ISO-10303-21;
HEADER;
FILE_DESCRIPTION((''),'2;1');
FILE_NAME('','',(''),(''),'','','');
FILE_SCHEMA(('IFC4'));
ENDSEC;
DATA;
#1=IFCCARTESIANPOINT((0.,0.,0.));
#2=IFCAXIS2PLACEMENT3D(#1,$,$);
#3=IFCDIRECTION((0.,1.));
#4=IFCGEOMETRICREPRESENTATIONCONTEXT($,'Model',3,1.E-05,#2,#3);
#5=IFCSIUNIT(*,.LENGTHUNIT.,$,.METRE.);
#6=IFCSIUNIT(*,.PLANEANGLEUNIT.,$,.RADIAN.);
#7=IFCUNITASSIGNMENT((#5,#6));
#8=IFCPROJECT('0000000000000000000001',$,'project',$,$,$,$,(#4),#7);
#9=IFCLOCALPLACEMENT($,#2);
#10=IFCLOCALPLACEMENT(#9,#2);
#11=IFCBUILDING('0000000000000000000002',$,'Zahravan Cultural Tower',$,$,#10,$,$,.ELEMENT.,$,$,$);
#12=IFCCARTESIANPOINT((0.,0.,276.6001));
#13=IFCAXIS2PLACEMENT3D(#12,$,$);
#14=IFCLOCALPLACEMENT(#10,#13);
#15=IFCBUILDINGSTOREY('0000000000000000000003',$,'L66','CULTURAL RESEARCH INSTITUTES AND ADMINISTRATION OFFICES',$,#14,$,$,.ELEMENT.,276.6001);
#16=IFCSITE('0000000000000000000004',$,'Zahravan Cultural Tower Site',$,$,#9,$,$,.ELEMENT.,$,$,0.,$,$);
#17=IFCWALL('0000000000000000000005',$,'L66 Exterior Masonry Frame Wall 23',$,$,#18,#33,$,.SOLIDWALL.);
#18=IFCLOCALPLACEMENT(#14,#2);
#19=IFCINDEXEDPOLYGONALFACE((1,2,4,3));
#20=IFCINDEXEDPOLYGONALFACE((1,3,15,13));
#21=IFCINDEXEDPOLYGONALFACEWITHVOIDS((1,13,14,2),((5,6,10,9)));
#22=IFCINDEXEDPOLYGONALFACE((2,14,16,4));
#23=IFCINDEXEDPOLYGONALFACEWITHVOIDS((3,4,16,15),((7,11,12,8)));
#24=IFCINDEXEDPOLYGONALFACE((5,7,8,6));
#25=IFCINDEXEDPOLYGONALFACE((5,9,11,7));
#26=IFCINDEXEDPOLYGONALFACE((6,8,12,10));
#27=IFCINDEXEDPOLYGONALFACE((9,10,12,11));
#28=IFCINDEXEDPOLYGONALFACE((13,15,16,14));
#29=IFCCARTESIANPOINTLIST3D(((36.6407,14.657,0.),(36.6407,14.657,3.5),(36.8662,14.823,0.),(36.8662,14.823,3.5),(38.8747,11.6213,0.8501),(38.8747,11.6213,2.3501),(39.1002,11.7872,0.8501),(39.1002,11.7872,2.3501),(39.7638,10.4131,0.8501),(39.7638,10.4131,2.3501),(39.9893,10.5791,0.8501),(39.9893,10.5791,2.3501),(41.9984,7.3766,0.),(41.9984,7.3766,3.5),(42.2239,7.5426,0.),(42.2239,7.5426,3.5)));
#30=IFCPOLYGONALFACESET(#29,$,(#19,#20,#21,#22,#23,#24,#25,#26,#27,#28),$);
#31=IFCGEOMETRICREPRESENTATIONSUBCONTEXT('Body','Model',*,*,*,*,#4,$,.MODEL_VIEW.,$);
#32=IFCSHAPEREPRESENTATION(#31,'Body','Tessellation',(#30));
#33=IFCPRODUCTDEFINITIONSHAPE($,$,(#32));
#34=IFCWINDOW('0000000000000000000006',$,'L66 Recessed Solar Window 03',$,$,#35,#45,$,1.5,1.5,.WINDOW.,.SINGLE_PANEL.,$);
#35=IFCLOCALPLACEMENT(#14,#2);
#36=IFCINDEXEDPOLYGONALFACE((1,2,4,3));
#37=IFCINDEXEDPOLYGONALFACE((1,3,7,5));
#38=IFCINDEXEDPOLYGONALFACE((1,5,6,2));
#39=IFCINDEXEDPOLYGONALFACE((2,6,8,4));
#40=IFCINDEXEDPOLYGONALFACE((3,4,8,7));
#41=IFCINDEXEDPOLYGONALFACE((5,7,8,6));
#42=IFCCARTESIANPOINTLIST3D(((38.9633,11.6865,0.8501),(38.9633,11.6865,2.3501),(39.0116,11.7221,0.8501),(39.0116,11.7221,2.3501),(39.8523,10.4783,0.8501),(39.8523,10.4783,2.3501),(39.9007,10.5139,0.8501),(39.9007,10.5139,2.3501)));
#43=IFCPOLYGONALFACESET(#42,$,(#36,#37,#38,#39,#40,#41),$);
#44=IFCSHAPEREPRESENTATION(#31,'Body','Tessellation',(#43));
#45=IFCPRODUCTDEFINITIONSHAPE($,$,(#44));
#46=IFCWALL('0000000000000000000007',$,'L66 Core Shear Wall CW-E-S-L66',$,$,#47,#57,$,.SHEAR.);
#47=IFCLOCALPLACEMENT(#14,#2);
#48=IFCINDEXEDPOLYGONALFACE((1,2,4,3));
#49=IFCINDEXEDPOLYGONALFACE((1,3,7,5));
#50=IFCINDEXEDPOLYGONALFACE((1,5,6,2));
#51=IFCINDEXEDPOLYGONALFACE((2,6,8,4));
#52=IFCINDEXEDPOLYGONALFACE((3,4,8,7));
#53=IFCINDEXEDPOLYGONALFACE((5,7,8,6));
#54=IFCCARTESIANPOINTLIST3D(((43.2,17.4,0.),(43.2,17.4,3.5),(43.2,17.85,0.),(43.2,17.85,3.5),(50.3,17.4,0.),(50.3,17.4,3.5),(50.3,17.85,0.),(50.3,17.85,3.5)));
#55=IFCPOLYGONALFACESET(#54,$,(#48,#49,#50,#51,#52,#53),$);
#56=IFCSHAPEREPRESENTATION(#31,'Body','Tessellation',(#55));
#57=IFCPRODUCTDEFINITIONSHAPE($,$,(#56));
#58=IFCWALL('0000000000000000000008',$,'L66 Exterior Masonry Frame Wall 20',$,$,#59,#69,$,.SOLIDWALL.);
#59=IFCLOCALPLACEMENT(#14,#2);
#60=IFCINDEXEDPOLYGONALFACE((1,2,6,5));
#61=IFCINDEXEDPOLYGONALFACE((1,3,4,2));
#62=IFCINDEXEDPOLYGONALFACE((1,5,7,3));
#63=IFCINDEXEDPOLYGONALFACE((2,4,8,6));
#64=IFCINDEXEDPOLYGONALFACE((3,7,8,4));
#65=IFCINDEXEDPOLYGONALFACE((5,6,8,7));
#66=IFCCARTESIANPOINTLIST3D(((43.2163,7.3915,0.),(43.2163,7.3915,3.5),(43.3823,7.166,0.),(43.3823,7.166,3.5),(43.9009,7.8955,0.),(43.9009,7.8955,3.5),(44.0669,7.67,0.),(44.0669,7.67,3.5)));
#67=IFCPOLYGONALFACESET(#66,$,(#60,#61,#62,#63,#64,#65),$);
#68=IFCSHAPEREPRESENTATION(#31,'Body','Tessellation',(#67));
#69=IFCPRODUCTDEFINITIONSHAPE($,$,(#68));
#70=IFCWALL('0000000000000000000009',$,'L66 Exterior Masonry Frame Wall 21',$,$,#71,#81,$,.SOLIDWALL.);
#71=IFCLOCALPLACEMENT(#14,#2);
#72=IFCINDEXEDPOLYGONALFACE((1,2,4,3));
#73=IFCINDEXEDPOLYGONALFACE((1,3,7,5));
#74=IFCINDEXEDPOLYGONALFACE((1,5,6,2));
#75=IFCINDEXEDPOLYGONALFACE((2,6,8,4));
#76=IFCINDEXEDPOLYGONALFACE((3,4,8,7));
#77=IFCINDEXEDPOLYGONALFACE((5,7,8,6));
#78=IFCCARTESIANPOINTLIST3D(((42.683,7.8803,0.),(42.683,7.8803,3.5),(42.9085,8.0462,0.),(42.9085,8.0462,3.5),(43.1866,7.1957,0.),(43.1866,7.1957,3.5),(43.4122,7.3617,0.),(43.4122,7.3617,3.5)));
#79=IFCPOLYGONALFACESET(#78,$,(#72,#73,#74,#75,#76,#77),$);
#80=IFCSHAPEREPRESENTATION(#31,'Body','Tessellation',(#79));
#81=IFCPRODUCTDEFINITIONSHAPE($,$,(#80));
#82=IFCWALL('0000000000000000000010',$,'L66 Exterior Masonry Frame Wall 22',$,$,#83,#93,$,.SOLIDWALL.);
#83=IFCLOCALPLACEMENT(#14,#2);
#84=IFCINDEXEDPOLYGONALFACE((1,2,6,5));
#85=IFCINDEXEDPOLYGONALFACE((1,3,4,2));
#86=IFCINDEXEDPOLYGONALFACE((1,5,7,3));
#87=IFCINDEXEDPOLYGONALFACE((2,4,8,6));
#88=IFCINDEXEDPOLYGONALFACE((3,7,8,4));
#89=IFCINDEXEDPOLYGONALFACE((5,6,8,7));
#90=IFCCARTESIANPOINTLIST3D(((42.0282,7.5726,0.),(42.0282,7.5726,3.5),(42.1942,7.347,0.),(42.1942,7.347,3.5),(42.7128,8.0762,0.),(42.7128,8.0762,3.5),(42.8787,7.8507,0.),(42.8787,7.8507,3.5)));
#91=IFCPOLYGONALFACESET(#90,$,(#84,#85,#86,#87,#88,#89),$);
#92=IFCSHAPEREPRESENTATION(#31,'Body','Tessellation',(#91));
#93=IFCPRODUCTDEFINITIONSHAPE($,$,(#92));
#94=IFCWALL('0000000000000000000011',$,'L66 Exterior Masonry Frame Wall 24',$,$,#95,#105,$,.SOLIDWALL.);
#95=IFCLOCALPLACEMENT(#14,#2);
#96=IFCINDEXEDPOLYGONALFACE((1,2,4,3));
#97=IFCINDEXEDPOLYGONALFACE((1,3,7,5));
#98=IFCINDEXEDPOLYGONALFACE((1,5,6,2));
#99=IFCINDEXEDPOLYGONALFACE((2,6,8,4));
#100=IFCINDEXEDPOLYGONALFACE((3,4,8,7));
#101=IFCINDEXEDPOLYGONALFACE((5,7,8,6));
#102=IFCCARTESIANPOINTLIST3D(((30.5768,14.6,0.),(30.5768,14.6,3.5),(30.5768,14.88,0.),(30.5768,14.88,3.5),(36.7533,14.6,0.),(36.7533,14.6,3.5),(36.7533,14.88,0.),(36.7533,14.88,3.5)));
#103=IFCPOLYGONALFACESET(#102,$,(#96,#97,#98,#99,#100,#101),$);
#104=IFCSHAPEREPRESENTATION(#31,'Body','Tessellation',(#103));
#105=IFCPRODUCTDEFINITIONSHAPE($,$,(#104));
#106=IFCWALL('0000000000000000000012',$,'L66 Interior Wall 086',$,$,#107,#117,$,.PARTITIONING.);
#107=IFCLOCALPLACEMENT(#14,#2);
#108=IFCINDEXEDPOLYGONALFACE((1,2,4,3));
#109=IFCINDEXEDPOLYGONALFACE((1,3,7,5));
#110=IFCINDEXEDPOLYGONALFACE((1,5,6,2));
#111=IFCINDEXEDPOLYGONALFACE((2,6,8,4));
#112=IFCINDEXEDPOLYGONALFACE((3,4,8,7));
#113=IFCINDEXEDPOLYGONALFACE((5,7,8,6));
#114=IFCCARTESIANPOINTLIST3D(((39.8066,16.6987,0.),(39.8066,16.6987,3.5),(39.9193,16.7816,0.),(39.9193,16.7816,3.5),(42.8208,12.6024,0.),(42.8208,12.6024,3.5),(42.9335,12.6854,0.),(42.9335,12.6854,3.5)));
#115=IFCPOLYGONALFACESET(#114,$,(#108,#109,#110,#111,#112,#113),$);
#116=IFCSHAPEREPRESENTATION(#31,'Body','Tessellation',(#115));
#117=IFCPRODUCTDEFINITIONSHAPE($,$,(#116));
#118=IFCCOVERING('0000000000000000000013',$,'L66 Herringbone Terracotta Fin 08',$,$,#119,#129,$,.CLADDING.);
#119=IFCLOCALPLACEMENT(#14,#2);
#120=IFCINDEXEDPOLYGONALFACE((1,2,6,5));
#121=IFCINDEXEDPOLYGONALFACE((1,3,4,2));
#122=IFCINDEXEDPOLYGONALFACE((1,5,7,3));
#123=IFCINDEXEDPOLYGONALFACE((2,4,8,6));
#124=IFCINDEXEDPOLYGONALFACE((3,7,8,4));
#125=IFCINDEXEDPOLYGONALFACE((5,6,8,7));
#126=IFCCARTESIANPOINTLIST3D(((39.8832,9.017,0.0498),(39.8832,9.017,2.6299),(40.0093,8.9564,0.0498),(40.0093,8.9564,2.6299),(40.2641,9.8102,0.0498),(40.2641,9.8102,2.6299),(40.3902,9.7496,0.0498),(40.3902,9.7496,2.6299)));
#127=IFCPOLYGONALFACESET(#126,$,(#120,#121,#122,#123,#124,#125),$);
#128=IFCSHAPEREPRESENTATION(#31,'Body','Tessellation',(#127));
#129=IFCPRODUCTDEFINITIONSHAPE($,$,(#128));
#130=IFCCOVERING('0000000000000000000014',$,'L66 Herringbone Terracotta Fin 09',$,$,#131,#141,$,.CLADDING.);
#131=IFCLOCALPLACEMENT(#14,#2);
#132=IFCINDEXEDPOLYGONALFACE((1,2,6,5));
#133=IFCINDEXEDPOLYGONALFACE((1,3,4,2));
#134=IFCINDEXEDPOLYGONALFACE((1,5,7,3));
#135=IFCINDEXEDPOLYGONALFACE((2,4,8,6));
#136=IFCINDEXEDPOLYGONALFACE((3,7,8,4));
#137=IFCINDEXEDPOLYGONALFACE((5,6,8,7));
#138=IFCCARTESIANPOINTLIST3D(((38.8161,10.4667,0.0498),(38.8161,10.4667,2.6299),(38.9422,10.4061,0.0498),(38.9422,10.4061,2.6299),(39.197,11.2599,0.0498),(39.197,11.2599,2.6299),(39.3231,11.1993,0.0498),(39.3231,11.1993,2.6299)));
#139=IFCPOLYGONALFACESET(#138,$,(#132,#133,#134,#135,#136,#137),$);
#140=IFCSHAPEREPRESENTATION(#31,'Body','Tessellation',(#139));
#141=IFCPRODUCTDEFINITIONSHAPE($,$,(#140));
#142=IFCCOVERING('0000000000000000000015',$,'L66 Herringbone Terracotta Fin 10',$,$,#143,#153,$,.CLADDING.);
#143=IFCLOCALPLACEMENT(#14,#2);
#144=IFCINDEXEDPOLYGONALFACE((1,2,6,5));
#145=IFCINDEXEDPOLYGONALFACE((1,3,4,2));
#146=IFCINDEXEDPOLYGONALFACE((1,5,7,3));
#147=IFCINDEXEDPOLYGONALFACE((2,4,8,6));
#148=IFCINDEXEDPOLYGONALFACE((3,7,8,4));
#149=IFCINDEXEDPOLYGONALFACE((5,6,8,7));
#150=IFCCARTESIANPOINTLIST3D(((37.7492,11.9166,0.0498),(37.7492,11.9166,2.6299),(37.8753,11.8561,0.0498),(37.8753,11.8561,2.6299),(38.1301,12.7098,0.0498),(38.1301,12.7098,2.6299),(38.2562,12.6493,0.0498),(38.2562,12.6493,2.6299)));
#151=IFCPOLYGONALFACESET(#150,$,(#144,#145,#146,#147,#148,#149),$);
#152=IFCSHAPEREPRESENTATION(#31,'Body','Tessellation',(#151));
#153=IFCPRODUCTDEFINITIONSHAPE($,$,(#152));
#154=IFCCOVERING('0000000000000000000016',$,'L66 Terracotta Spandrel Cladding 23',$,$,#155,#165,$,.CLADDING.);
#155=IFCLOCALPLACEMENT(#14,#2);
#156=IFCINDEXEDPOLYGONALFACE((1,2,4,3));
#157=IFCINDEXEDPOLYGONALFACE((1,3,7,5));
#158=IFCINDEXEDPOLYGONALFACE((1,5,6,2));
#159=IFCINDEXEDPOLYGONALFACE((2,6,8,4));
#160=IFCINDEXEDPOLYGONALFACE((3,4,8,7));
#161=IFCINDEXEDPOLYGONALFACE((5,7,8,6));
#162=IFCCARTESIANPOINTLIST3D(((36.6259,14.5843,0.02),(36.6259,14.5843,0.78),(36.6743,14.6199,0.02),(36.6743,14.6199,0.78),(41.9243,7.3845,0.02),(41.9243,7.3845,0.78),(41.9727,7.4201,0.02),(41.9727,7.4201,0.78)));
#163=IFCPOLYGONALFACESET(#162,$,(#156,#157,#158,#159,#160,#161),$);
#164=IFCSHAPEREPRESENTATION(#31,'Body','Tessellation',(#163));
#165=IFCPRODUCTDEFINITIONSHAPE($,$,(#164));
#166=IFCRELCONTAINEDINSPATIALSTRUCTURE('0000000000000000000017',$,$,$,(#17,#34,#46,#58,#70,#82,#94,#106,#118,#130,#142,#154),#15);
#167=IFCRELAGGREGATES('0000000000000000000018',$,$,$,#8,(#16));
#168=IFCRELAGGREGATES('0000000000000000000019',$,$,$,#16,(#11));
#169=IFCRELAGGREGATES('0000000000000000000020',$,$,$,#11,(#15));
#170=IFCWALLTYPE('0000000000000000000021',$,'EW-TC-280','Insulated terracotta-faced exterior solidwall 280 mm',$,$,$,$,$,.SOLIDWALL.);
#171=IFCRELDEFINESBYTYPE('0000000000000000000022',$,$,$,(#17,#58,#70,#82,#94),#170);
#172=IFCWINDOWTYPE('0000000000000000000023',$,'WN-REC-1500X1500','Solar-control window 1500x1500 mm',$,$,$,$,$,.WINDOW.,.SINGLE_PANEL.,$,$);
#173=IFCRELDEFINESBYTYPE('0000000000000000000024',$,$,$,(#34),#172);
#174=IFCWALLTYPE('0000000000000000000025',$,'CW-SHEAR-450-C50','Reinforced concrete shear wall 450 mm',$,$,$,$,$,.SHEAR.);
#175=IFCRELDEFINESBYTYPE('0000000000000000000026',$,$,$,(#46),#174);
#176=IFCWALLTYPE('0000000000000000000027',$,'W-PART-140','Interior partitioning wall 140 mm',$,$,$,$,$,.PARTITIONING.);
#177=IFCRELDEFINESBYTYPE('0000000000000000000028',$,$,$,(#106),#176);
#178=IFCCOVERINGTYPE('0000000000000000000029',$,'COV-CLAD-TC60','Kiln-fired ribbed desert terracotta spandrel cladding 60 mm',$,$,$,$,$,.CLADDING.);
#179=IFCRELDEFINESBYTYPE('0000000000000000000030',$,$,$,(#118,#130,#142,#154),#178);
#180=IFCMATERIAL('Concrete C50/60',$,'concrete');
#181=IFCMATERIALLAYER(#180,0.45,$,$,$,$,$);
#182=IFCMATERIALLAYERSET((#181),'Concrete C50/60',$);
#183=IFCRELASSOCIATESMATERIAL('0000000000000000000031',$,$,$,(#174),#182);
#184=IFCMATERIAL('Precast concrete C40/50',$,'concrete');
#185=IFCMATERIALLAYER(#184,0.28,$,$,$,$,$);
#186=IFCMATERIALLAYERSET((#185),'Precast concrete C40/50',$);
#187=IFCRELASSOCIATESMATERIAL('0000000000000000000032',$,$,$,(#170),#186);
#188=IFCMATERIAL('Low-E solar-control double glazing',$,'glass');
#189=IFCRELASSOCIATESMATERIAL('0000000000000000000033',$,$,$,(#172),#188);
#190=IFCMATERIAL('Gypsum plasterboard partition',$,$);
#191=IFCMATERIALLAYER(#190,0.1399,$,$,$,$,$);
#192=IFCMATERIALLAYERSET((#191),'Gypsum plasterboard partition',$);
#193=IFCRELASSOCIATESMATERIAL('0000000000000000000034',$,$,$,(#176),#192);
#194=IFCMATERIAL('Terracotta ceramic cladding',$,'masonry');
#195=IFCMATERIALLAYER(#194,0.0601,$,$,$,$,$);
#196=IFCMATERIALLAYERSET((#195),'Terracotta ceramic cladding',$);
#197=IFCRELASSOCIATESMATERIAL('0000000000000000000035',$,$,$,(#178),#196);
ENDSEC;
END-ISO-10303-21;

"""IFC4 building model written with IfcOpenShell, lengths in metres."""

from ifc_helpers import new_model, si_unit, direction, frame, frame_2d, origin, origin_2d, place, context, subcontext, project, spatial, rectangle, extrude, source, transform, mapped, material, layer, layer_set, type_object, element, fill, save


model = new_model("IFC4")

# Units and contexts
model_context = context("Model", 3, precision=1e-05, world=origin(), true_north=direction((0.0, 1.0)))
body_context = subcontext(model_context, "Body", "Model", "MODEL_VIEW")
ifc_project = project(units=[si_unit("LENGTHUNIT", "METRE"), si_unit("PLANEANGLEUNIT", "RADIAN")], contexts=[model_context])

# Site, building, storey
site_placement = place(None, origin())
site = spatial("IfcSite", under=ifc_project, at=site_placement, Name="Zahravan Cultural Tower Site", CompositionType="ELEMENT", RefElevation=0.0)
building_placement = place(site_placement, origin())
building = spatial("IfcBuilding", under=site, at=building_placement, Name="Zahravan Cultural Tower", CompositionType="ELEMENT")
storey_placement = place(building_placement, frame((0.0, 0.0, 276.6001)))
storey = spatial("IfcBuildingStorey", under=building, at=storey_placement, Name="L66", Description="CULTURAL RESEARCH INSTITUTES AND ADMINISTRATION OFFICES", CompositionType="ELEMENT", Elevation=276.6001)

# Shared definitions
ifc_material_1 = material(Name="Concrete C50/60", Category="concrete")

# Shared definitions
ifc_layer_1 = layer(ifc_material_1, 0.45)
ifc_layer_set_1 = layer_set([ifc_layer_1], Name="Concrete C50/60")
wall_type_1 = type_object("IfcWallType", Name="CW-SHEAR-450-C50", Description="Reinforced concrete shear wall 450 mm", PredefinedType="SHEAR", material=ifc_layer_set_1)

# Wall, opening, window
ifc_material_2 = material(Name="Precast concrete C40/50", Category="concrete")
ifc_layer_2 = layer(ifc_material_2, 0.28)
ifc_layer_set_2 = layer_set([ifc_layer_2], Name="Precast concrete C40/50")
wall_type_2 = type_object("IfcWallType", Name="EW-TC-280", Description="Insulated terracotta-faced exterior solidwall 280 mm", PredefinedType="SOLIDWALL", material=ifc_layer_set_2)
wall_1_placement = place(storey_placement, frame((42.1111, 7.4597, 0.0), z_axis=(0.0, 0.0, 1.0), x_axis=(-0.592715, 0.805412, 0.0)))
wall_1 = element("IfcWall", 1, at=wall_1_placement, inside=storey, type_object=wall_type_2, Name="L66 Exterior Masonry Frame Wall 23", PredefinedType="SOLIDWALL", context=body_context, shape_type="SweptSolid", body=[
    extrude(rectangle(XDim=9.0393, YDim=0.28, at=frame_2d((4.5195, 0.0))), origin(), (0.0, 0.0, 1.0), 3.5),
])
opening_1_placement = place(wall_1_placement, frame((3.77, 0.0, 0.8501)))
opening_1 = element("IfcOpeningElement", 2, at=opening_1_placement, cuts=wall_1, PredefinedType="OPENING", context=body_context, shape_type="SweptSolid", body=[
    extrude(rectangle(XDim=1.5, YDim=1.5, at=frame_2d((0.75, 0.75))), frame((0.0, 0.1499, 0.0), z_axis=(0.0, -1.0, 0.0), x_axis=(1.0, 0.0, 0.0)), (0.0, 0.0, 1.0), 0.3),
])
ifc_material_3 = material(Name="Low-E solar-control double glazing", Category="glass")
window_type = type_object("IfcWindowType", Name="WN-REC-1500X1500", Description="Solar-control window 1500x1500 mm", PartitioningType="SINGLE_PANEL", PredefinedType="WINDOW", material=ifc_material_3)
shared_shape_1 = source(origin(), body_context, "Body", "SweptSolid", [
    extrude(rectangle(XDim=1.5, YDim=1.5, at=frame_2d((0.75, 0.75))), frame((0.0, 0.03, 0.0), z_axis=(0.0, -1.0, 0.0), x_axis=(1.0, 0.0, 0.0)), (0.0, 0.0, 1.0), 0.0601),
])
window_placement = place(opening_1_placement, origin())
window = element("IfcWindow", 3, at=window_placement, inside=storey, type_object=window_type, Name="L66 Recessed Solar Window 03", OverallHeight=1.5, OverallWidth=1.5, PartitioningType="SINGLE_PANEL", PredefinedType="WINDOW", context=body_context, shape_type="MappedRepresentation", body=[
    mapped(shared_shape_1, transform((0.0, 0.0, 0.0), x_axis=(1.0, 0.0, 0.0), y_axis=(0.0, 1.0, 0.0), z_axis=(0.0, 0.0, 1.0), scale=1.0)),
])
fill(opening_1, window)

# Shared definitions
ifc_material_4 = material(Name="Gypsum plasterboard partition")
ifc_layer_3 = layer(ifc_material_4, 0.1399)
ifc_layer_set_3 = layer_set([ifc_layer_3], Name="Gypsum plasterboard partition")
wall_type_3 = type_object("IfcWallType", Name="W-PART-140", Description="Interior partitioning wall 140 mm", PredefinedType="PARTITIONING", material=ifc_layer_set_3)

# Walls
shared_shape_2 = source(origin(), body_context, "Body", "SweptSolid", [
    extrude(rectangle(XDim=7.1001, YDim=0.45, at=frame_2d((3.55, 0.0))), origin(), (0.0, 0.0, 1.0), 3.5),
])
wall_2_placement = place(storey_placement, frame((43.2, 17.625, 0.0), z_axis=(0.0, 0.0, 1.0), x_axis=(1.0, 0.0, 0.0)))
element("IfcWall", 4, at=wall_2_placement, inside=storey, type_object=wall_type_1, Name="L66 Core Shear Wall CW-E-S-L66", PredefinedType="SHEAR", context=body_context, shape_type="MappedRepresentation", body=[
    mapped(shared_shape_2, transform((0.0, 0.0, 0.0), x_axis=(1.0, 0.0, 0.0), y_axis=(0.0, 1.0, 0.0), z_axis=(0.0, 0.0, 1.0), scale=1.0)),
])
shared_shape_3 = source(origin(), body_context, "Body", "SweptSolid", [
    extrude(rectangle(XDim=0.8501, YDim=0.28, at=frame_2d((0.425, 0.0))), origin(), (0.0, 0.0, 1.0), 3.5),
])
wall_3_placement = place(storey_placement, frame((43.9839, 7.7827, 0.0), z_axis=(0.0, 0.0, 1.0), x_axis=(-0.805345, -0.592807, 0.0)))
element("IfcWall", 5, at=wall_3_placement, inside=storey, type_object=wall_type_2, Name="L66 Exterior Masonry Frame Wall 20", PredefinedType="SOLIDWALL", context=body_context, shape_type="MappedRepresentation", body=[
    mapped(shared_shape_3, transform((0.0, 0.0, 0.0), x_axis=(1.0, 0.0, 0.0), y_axis=(0.0, 1.0, 0.0), z_axis=(0.0, 0.0, 1.0), scale=1.0)),
])
shared_shape_4 = source(origin(), body_context, "Body", "SweptSolid", [
    extrude(rectangle(XDim=0.8499, YDim=0.28, at=frame_2d((0.4248, 0.0))), origin(), (0.0, 0.0, 1.0), 3.5),
])
for number, where, z_axis, x_axis, name in (
    (6, (43.2993, 7.2788, 0.0), (0.0, 0.0, 1.0), (-0.592621, 0.805482, 0.0), "L66 Exterior Masonry Frame Wall 21"),
    (7, (42.7957, 7.9634, 0.0), (0.0, 0.0, 1.0), (-0.805482, -0.592621, 0.0), "L66 Exterior Masonry Frame Wall 22"),
):
    element("IfcWall", number, at=place(storey_placement, frame(where, z_axis=z_axis, x_axis=x_axis)), inside=storey, type_object=wall_type_2, Name=name, PredefinedType="SOLIDWALL", context=body_context, shape_type="MappedRepresentation", body=[
        mapped(shared_shape_4, transform((0.0, 0.0, 0.0), x_axis=(1.0, 0.0, 0.0), y_axis=(0.0, 1.0, 0.0), z_axis=(0.0, 0.0, 1.0), scale=1.0)),
    ])
shared_shape_5 = source(origin(), body_context, "Body", "SweptSolid", [
    extrude(rectangle(XDim=6.1765, YDim=0.28, at=frame_2d((3.0884, 0.0))), origin(), (0.0, 0.0, 1.0), 3.5),
])
wall_4_placement = place(storey_placement, frame((36.7534, 14.74, 0.0), z_axis=(0.0, 0.0, 1.0), x_axis=(-1.0, 0.0, 0.0)))
element("IfcWall", 8, at=wall_4_placement, inside=storey, type_object=wall_type_2, Name="L66 Exterior Masonry Frame Wall 24", PredefinedType="SOLIDWALL", context=body_context, shape_type="MappedRepresentation", body=[
    mapped(shared_shape_5, transform((0.0, 0.0, 0.0), x_axis=(1.0, 0.0, 0.0), y_axis=(0.0, 1.0, 0.0), z_axis=(0.0, 0.0, 1.0), scale=1.0)),
])
shared_shape_6 = source(origin(), body_context, "Body", "SweptSolid", [
    extrude(rectangle(XDim=5.0857, YDim=0.1399, at=frame_2d((2.543, 0.0))), origin(), (0.0, 0.0, 1.0), 3.5),
])
wall_5_placement = place(storey_placement, frame((42.8772, 12.6438, 0.0), z_axis=(0.0, 0.0, 1.0), x_axis=(-0.592678, 0.805439, 0.0)))
element("IfcWall", 9, at=wall_5_placement, inside=storey, type_object=wall_type_3, Name="L66 Interior Wall 086", PredefinedType="PARTITIONING", context=body_context, shape_type="MappedRepresentation", body=[
    mapped(shared_shape_6, transform((0.0, 0.0, 0.0), x_axis=(1.0, 0.0, 0.0), y_axis=(0.0, 1.0, 0.0), z_axis=(0.0, 0.0, 1.0), scale=1.0)),
])

# Coverings
ifc_material_5 = material(Name="Terracotta ceramic cladding", Category="masonry")
ifc_layer_4 = layer(ifc_material_5, 0.0601)
ifc_layer_set_4 = layer_set([ifc_layer_4], Name="Terracotta ceramic cladding")
covering_type = type_object("IfcCoveringType", Name="COV-CLAD-TC60", Description="Kiln-fired ribbed desert terracotta spandrel cladding 60 mm", PredefinedType="CLADDING", material=ifc_layer_set_4)
shared_shape_7 = source(origin(), body_context, "Body", "SweptSolid", [
    extrude(rectangle(XDim=0.8799, YDim=0.1399, at=origin_2d()), origin(), (0.0, 0.0, 1.0), 2.5801),
])
for number, where, z_axis, x_axis, name in (
    (10, (40.1367, 9.3833, 0.0498), (0.0, 0.0, 1.0), (-0.432873, -0.901455, 0.0), "L66 Herringbone Terracotta Fin 08"),
    (11, (39.0696, 10.833, 0.0498), (0.0, 0.0, 1.0), (-0.432873, -0.901455, 0.0), "L66 Herringbone Terracotta Fin 09"),
    (12, (38.0027, 12.283, 0.0498), (0.0, 0.0, 1.0), (-0.432873, -0.901455, 0.0), "L66 Herringbone Terracotta Fin 10"),
):
    element("IfcCovering", number, at=place(storey_placement, frame(where, z_axis=z_axis, x_axis=x_axis)), inside=storey, type_object=covering_type, Name=name, PredefinedType="CLADDING", context=body_context, shape_type="MappedRepresentation", body=[
        mapped(shared_shape_7, transform((0.0, 0.0, 0.0), x_axis=(1.0, 0.0, 0.0), y_axis=(0.0, 1.0, 0.0), z_axis=(0.0, 0.0, 1.0), scale=1.0)),
    ])
shared_shape_8 = source(origin(), body_context, "Body", "SweptSolid", [
    extrude(rectangle(XDim=8.9392, YDim=0.0601, at=origin_2d()), origin(), (0.0, 0.0, 1.0), 0.76),
])
covering_placement = place(storey_placement, frame((39.2993, 11.0022, 0.02), z_axis=(0.0, 0.0, 1.0), x_axis=(-0.592716, 0.805411, 0.0)))
element("IfcCovering", 13, at=covering_placement, inside=storey, type_object=covering_type, Name="L66 Terracotta Spandrel Cladding 23", PredefinedType="CLADDING", context=body_context, shape_type="MappedRepresentation", body=[
    mapped(shared_shape_8, transform((0.0, 0.0, 0.0), x_axis=(1.0, 0.0, 0.0), y_axis=(0.0, 1.0, 0.0), z_axis=(0.0, 0.0, 1.0), scale=1.0)),
])

save(model, "model.ifc")
